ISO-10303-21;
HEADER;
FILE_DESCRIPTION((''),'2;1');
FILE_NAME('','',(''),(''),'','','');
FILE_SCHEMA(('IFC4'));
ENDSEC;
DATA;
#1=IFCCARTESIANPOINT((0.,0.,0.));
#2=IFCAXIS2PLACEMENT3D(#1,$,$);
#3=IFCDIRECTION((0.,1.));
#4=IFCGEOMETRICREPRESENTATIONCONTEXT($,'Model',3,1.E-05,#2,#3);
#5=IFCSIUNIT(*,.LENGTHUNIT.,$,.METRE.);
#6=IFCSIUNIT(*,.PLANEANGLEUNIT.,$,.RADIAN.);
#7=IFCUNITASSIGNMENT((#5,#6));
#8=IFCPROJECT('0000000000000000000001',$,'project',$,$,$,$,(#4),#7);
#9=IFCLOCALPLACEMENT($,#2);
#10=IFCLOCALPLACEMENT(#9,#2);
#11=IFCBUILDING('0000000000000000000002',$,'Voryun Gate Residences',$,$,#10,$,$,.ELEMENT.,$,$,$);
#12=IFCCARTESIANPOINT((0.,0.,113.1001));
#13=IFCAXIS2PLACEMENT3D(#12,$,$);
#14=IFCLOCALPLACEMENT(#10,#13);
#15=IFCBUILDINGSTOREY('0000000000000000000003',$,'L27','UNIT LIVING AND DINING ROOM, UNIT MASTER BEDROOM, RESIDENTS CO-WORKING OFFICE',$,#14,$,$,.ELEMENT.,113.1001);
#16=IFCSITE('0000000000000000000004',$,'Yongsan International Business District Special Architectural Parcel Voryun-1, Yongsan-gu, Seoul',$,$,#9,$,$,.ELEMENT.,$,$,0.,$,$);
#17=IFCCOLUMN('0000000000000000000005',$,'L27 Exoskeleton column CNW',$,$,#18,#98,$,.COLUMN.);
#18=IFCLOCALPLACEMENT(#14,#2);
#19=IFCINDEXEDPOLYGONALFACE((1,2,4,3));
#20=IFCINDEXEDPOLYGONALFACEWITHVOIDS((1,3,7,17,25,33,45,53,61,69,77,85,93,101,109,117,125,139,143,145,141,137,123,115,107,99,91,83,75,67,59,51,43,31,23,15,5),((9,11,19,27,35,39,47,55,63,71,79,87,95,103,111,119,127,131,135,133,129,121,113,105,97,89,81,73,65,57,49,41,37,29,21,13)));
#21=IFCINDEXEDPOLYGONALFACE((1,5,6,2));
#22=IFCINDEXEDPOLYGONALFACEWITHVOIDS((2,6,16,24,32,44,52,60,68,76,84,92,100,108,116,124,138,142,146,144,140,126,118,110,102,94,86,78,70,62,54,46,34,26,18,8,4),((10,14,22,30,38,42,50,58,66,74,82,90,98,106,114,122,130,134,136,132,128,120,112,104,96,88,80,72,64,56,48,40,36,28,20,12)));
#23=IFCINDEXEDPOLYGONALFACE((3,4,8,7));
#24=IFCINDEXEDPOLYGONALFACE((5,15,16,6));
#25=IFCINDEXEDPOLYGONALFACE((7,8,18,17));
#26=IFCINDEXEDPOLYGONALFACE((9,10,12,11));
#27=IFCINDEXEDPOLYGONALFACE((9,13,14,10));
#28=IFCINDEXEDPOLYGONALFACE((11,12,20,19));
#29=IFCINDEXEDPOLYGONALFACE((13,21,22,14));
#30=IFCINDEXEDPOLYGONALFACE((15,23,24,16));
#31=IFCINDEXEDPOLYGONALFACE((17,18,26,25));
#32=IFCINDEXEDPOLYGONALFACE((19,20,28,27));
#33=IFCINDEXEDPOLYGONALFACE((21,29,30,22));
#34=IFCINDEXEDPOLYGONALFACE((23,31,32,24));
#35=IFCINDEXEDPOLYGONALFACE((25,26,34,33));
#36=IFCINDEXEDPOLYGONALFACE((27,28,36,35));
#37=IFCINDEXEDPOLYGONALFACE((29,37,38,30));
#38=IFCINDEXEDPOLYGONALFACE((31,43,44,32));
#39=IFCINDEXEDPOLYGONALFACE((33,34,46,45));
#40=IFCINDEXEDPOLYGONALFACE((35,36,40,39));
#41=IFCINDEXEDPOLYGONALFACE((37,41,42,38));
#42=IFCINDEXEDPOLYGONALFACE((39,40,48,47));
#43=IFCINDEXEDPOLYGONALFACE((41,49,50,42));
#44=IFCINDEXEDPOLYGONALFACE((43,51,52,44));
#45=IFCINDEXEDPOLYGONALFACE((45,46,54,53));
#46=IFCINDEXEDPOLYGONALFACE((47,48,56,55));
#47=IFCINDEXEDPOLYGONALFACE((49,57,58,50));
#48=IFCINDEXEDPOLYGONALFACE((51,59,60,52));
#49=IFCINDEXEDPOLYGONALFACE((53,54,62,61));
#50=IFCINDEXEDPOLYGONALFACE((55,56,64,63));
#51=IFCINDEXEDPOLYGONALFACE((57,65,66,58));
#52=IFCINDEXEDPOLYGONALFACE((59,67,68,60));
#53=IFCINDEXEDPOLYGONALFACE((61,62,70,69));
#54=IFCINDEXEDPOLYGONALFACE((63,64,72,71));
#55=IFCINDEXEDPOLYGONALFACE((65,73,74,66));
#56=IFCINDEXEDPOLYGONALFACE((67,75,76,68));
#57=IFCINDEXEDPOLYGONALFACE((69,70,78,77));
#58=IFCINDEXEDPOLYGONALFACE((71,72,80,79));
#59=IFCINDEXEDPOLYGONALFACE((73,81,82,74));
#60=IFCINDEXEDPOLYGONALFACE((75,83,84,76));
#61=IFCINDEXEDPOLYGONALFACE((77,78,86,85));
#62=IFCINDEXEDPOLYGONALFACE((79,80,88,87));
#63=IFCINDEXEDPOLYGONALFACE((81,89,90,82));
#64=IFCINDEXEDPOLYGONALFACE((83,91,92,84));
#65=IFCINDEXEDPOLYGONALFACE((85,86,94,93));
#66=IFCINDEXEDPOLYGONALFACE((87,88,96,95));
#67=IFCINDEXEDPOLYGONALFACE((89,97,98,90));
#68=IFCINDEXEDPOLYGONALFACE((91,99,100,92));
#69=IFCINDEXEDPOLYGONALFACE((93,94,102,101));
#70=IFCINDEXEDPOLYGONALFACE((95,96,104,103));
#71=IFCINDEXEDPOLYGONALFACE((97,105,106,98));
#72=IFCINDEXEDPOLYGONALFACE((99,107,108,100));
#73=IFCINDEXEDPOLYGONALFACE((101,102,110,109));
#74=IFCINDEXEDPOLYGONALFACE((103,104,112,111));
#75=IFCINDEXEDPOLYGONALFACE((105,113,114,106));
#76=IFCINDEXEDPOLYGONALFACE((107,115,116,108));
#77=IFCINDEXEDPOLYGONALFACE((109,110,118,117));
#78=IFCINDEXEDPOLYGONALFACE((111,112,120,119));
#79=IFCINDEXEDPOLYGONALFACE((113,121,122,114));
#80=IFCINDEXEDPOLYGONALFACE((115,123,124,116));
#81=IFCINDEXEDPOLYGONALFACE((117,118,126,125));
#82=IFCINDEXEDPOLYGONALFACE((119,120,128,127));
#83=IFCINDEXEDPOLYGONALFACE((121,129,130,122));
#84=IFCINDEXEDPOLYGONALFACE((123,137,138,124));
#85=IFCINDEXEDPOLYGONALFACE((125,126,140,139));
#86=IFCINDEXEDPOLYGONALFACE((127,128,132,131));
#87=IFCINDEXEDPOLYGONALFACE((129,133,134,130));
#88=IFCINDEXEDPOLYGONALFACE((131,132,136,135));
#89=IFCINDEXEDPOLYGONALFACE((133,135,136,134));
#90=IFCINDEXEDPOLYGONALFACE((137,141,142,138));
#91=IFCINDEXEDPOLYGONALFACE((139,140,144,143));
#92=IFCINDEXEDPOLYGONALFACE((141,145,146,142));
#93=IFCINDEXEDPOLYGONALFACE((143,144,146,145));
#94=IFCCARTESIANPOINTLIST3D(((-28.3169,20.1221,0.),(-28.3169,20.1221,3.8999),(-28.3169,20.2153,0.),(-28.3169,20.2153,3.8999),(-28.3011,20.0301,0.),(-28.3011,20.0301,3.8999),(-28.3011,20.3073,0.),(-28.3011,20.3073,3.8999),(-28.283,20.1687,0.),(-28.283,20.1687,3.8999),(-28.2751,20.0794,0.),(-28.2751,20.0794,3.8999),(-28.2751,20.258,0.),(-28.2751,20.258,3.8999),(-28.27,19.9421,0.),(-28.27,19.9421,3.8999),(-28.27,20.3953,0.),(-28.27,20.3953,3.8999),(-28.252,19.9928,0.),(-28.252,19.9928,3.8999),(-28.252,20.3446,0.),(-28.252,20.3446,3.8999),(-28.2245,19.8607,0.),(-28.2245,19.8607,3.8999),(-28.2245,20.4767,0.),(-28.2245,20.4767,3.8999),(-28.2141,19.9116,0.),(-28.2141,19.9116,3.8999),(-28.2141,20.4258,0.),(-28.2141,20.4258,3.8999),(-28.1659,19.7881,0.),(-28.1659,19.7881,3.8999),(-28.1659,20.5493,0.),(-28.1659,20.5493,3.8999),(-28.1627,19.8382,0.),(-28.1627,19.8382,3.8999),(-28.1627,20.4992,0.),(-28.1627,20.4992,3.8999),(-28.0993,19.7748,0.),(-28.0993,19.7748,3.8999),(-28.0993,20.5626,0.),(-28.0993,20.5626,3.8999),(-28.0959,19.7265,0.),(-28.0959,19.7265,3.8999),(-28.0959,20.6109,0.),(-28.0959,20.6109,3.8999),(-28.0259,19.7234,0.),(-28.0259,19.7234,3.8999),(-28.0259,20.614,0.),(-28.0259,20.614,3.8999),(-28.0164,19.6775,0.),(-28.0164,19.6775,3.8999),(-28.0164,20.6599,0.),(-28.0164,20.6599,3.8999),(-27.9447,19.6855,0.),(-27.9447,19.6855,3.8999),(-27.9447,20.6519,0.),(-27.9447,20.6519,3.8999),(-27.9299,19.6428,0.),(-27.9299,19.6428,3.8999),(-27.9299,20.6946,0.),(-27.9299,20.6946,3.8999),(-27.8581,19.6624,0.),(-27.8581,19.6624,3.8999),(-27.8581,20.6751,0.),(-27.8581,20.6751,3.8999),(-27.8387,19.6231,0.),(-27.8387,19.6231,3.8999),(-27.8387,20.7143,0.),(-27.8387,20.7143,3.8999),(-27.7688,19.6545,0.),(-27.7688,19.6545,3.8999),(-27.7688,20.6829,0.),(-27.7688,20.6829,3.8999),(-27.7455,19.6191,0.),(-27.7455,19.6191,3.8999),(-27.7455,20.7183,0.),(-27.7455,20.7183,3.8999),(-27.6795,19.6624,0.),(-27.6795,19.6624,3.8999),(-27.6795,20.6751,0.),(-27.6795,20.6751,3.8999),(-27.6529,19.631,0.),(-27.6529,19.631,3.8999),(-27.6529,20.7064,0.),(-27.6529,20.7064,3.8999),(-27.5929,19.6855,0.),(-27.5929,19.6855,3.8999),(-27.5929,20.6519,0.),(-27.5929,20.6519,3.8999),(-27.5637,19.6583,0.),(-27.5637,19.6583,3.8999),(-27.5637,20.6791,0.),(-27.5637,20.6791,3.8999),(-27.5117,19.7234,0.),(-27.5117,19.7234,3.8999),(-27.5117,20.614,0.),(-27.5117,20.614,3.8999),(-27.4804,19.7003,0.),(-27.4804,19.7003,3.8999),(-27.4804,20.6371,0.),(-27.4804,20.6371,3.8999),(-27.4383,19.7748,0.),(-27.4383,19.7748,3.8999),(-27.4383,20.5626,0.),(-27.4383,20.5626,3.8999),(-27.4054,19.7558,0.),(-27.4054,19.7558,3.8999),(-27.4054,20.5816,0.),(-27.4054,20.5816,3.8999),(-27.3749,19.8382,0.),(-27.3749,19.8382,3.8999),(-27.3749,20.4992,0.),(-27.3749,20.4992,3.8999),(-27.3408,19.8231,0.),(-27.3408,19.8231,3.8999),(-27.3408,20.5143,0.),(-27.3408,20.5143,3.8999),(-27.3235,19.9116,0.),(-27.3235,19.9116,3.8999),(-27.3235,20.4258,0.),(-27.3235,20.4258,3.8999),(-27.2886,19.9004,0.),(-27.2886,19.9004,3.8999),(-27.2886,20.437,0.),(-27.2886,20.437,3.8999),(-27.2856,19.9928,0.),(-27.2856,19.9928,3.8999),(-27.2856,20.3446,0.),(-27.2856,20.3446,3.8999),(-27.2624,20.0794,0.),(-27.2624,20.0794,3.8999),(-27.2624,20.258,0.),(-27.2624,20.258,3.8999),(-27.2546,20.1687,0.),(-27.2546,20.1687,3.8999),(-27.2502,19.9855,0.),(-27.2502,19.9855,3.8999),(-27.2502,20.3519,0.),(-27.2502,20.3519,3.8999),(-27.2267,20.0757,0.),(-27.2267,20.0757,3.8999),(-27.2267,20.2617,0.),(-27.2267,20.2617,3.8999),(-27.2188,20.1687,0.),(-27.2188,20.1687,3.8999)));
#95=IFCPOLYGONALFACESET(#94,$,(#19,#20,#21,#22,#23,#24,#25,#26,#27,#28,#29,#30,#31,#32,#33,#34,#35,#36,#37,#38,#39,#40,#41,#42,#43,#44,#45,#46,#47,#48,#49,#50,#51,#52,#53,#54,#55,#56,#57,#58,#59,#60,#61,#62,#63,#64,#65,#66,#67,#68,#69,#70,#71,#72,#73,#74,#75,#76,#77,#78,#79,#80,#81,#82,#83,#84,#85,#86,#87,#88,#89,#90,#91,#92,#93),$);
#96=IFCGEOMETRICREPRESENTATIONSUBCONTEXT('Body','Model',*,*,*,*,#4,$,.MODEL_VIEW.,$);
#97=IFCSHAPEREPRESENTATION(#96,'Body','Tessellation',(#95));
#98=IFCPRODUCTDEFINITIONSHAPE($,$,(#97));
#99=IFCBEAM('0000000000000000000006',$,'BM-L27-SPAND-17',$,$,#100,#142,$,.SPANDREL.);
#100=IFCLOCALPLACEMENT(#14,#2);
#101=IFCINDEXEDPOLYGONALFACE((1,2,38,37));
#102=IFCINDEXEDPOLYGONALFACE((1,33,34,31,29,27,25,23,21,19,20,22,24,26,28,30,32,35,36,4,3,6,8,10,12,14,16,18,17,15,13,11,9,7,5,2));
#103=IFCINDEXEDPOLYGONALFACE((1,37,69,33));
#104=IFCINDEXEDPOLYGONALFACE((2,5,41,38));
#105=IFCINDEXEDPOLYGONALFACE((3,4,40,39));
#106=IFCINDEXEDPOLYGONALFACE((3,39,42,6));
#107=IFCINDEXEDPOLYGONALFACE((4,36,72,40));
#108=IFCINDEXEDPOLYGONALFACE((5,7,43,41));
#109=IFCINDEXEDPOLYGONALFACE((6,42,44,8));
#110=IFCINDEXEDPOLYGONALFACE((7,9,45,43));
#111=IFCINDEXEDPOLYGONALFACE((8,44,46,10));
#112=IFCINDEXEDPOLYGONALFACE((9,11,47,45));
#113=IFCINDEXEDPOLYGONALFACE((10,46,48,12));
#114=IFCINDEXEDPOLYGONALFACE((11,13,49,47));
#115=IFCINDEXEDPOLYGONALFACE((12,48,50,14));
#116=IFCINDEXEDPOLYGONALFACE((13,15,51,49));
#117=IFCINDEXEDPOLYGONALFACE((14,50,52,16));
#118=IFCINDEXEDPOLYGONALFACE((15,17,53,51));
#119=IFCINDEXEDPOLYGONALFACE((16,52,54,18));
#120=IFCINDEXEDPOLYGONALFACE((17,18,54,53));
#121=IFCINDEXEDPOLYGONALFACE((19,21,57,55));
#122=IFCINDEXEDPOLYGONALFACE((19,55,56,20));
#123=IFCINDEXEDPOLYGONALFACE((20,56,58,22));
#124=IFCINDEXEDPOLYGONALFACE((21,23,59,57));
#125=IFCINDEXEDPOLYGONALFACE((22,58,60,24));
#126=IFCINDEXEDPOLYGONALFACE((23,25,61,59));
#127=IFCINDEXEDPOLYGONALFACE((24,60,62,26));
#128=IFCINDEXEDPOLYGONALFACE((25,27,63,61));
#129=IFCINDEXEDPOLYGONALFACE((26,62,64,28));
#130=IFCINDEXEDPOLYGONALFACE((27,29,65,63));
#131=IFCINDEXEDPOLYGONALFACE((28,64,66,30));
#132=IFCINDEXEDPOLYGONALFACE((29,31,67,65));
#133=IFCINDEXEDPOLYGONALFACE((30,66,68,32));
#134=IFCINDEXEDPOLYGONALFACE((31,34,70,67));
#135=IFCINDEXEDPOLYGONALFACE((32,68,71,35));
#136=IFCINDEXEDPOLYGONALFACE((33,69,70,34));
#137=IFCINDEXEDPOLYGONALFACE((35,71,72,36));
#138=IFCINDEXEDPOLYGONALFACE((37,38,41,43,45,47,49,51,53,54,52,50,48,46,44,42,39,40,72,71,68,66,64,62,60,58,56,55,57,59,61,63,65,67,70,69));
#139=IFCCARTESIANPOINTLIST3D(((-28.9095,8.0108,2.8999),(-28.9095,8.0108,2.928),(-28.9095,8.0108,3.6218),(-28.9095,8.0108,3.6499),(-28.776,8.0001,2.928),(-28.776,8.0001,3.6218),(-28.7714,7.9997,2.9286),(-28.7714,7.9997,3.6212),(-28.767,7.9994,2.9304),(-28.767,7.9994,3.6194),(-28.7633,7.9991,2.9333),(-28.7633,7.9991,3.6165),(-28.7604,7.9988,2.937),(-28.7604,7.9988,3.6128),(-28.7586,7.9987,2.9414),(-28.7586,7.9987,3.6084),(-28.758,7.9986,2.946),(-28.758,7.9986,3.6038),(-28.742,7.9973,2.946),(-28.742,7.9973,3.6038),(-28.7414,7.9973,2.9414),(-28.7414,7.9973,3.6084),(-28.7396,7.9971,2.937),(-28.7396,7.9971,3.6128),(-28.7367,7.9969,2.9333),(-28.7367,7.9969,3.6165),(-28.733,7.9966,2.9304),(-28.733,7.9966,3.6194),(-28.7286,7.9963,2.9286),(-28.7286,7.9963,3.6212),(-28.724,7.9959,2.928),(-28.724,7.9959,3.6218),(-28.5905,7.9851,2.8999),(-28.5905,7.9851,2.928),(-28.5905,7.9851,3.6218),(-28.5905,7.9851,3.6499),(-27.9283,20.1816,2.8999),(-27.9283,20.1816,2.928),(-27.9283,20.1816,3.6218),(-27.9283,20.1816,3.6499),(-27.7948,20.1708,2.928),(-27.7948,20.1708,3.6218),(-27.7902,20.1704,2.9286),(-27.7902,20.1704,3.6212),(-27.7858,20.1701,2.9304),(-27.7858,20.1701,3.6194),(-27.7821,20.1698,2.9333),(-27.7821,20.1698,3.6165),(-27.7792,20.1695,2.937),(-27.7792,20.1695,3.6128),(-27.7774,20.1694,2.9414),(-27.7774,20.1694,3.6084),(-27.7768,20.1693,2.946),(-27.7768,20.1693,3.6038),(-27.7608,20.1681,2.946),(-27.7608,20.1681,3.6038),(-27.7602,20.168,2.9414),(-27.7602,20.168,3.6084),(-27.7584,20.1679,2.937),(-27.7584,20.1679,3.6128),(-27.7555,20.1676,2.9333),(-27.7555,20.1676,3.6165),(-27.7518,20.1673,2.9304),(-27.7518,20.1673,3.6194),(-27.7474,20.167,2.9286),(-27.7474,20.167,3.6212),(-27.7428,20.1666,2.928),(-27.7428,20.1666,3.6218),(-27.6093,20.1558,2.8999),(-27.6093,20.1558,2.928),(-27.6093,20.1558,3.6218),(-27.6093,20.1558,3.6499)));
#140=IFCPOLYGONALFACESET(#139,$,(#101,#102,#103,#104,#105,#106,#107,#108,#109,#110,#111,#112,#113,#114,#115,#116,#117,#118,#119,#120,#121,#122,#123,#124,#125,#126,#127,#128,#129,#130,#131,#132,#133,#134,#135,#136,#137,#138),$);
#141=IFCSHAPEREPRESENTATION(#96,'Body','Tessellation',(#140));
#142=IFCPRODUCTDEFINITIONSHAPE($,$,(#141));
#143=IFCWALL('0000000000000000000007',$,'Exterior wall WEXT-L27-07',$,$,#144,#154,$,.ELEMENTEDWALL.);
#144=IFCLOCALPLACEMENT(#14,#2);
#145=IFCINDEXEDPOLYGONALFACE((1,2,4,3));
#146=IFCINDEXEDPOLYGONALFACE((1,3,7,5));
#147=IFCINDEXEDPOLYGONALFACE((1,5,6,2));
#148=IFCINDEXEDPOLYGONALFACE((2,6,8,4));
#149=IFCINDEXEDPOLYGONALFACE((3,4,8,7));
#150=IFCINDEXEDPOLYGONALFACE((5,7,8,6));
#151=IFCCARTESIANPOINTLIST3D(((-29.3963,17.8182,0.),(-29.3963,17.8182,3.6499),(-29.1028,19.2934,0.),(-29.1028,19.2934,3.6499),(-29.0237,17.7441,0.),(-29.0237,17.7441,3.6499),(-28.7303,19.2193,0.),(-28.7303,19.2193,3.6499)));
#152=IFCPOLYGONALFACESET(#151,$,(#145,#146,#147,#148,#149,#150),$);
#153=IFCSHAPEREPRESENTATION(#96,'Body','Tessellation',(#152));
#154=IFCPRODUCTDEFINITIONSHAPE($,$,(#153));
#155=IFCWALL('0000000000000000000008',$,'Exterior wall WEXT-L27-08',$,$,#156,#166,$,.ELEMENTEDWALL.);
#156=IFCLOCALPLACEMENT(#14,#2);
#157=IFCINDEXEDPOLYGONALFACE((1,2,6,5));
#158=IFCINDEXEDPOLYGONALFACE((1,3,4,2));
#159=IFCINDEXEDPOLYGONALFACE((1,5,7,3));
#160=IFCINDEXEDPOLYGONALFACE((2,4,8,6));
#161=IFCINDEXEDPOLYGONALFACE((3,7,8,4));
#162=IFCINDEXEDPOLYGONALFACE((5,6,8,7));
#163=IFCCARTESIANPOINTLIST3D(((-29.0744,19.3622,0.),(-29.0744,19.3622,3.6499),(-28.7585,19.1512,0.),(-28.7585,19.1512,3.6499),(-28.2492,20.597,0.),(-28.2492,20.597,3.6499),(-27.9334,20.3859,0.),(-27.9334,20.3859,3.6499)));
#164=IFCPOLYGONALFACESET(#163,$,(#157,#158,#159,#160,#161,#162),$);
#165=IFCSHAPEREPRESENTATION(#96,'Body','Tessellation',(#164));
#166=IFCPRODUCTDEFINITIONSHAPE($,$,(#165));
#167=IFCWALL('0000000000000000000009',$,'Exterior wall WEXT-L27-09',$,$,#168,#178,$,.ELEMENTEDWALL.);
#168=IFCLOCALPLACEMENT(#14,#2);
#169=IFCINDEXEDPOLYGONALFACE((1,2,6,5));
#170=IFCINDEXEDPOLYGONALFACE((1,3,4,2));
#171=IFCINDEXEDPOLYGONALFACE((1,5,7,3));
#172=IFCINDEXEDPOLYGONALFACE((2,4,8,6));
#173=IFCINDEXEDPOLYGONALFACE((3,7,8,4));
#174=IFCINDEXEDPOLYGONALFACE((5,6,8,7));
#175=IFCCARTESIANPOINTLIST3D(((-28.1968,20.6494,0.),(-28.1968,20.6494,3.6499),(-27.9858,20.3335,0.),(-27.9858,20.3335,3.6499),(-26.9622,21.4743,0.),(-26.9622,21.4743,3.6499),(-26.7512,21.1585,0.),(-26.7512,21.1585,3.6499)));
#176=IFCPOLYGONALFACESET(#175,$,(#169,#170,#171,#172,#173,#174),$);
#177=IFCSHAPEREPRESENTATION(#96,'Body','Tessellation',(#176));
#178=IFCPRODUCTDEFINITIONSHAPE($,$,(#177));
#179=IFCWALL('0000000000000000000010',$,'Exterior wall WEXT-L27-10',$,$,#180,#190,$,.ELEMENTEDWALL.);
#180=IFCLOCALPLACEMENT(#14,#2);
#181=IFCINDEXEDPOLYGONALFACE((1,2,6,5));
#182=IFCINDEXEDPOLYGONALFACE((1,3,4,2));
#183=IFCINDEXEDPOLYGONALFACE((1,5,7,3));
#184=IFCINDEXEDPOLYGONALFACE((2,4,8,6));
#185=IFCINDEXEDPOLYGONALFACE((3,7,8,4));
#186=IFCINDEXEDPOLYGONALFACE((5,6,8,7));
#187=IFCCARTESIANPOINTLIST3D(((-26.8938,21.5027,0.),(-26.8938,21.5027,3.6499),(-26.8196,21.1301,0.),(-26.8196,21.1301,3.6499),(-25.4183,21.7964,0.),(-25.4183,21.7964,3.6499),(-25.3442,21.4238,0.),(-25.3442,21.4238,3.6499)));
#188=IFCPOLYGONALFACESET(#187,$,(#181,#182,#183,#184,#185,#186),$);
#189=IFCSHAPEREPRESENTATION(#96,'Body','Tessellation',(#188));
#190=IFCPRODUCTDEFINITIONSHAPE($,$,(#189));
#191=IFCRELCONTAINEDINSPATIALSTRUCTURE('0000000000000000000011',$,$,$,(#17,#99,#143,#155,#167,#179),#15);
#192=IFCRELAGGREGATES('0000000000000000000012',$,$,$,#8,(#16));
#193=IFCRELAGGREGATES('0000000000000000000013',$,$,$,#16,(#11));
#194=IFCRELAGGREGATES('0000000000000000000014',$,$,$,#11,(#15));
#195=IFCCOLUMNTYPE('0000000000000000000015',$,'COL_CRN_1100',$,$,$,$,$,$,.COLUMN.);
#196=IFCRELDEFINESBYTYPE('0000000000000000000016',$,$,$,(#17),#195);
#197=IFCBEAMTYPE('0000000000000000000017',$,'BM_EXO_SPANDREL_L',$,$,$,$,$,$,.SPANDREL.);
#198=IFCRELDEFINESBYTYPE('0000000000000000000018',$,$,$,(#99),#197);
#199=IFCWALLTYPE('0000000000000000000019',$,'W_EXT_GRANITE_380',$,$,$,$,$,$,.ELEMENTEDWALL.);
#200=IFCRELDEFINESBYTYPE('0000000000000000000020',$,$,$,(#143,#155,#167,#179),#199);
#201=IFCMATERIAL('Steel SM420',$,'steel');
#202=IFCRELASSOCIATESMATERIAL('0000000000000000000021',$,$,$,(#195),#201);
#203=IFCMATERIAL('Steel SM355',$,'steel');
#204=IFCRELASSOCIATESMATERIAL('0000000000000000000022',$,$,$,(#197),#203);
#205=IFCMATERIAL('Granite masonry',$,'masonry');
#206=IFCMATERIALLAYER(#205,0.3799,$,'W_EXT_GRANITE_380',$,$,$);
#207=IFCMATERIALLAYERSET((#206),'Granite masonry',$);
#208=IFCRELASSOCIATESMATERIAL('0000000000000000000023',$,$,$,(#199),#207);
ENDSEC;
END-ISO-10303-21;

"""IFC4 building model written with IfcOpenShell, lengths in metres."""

from ifc_helpers import new_model, si_unit, direction, frame, frame_2d, origin, origin_2d, place, context, subcontext, project, spatial, rectangle, hollow_circle, i_section, extrude, material, layer, layer_set, material_profile, profile_set, type_object, element, save


model = new_model("IFC4")

# Units and contexts
model_context = context("Model", 3, precision=1e-05, world=origin(), true_north=direction((0.0, 1.0)))
body_context = subcontext(model_context, "Body", "Model", "MODEL_VIEW")
ifc_project = project(units=[si_unit("LENGTHUNIT", "METRE"), si_unit("PLANEANGLEUNIT", "RADIAN")], contexts=[model_context])

# Site, building, storey
site_placement = place(None, origin())
site = spatial("IfcSite", under=ifc_project, at=site_placement, Name="Yongsan International Business District Special Architectural Parcel Voryun-1, Yongsan-gu, Seoul", CompositionType="ELEMENT", RefElevation=0.0)
building_placement = place(site_placement, origin())
building = spatial("IfcBuilding", under=site, at=building_placement, Name="Voryun Gate Residences", CompositionType="ELEMENT")
storey_placement = place(building_placement, frame((0.0, 0.0, 113.1001)))
storey = spatial("IfcBuildingStorey", under=building, at=storey_placement, Name="L27", Description="UNIT LIVING AND DINING ROOM, UNIT MASTER BEDROOM, RESIDENTS CO-WORKING OFFICE", CompositionType="ELEMENT", Elevation=113.1001)

# Column
ifc_material_1 = material(Name="Steel SM420", Category="steel")
ifc_material_profile_1 = material_profile(ifc_material_1, hollow_circle(Radius=0.55, WallThickness=0.0359, at=origin_2d()), Name="CHS-1100x36")
ifc_profile_set_1 = profile_set([ifc_material_profile_1], Name="Steel SM420")
column_type = type_object("IfcColumnType", Name="COL_CRN_1100", PredefinedType="COLUMN", material=ifc_profile_set_1)
column_placement = place(storey_placement, frame((-27.7688, 20.1687, 0.0), z_axis=(0.0, 0.0, 1.0), x_axis=(1.0, 0.0, 0.0)))
element("IfcColumn", 1, at=column_placement, inside=storey, type_object=column_type, Name="L27 Exoskeleton column CNW", PredefinedType="COLUMN", context=body_context, shape_type="SweptSolid", body=[
    extrude(hollow_circle(Radius=0.55, WallThickness=0.0359, at=origin_2d()), origin(), (0.0, 0.0, 1.0), 3.8999),
])

# Beam
ifc_material_2 = material(Name="Steel SM355", Category="steel")
ifc_material_profile_2 = material_profile(ifc_material_2, i_section(OverallWidth=0.3201, OverallDepth=0.75, WebThickness=0.0161, FlangeThickness=0.0281, FilletRadius=0.0181, at=origin_2d()), Name="H-750x320x16x28")
ifc_profile_set_2 = profile_set([ifc_material_profile_2], Name="Steel SM355")
beam_type = type_object("IfcBeamType", Name="BM_EXO_SPANDREL_L", PredefinedType="SPANDREL", material=ifc_profile_set_2)
beam_placement = place(storey_placement, frame((-27.7688, 20.1687, 3.2749), z_axis=(-0.08036, -0.996766, 0.0), x_axis=(0.996766, -0.08036, 0.0)))
element("IfcBeam", 2, at=beam_placement, inside=storey, type_object=beam_type, Name="BM-L27-SPAND-17", PredefinedType="SPANDREL", context=body_context, shape_type="SweptSolid", body=[
    extrude(i_section(OverallWidth=0.3201, OverallDepth=0.75, WebThickness=0.0161, FlangeThickness=0.0281, FilletRadius=0.0181, at=origin_2d()), origin(), (0.0, 0.0, 1.0), 12.2102),
])

# Walls
ifc_material_3 = material(Name="Granite masonry", Category="masonry")
ifc_layer_1 = layer(ifc_material_3, 0.3799, Name="W_EXT_GRANITE_380")
ifc_layer_set_1 = layer_set([ifc_layer_1], Name="Granite masonry")
wall_type_1 = type_object("IfcWallType", Name="W_EXT_GRANITE_380", PredefinedType="ELEMENTEDWALL", material=ifc_layer_set_1)
wall_1_placement = place(storey_placement, frame((-29.21, 17.7812, 0.0), z_axis=(0.0, 0.0, 1.0), x_axis=(0.195086, 0.980786, 0.0)))
element("IfcWall", 3, at=wall_1_placement, inside=storey, type_object=wall_type_1, Name="Exterior wall WEXT-L27-07", PredefinedType="ELEMENTEDWALL", context=body_context, shape_type="SweptSolid", body=[
    extrude(rectangle(XDim=1.5042, YDim=0.3799, at=frame_2d((0.752, 0.0))), origin(), (0.0, 0.0, 1.0), 3.6499),
])
wall_2_placement = place(storey_placement, frame((-28.9165, 19.2566, 0.0), z_axis=(0.0, 0.0, 1.0), x_axis=(0.55561, 0.831443, 0.0)))
element("IfcWall", 4, at=wall_2_placement, inside=storey, type_object=wall_type_1, Name="Exterior wall WEXT-L27-08", PredefinedType="ELEMENTEDWALL", context=body_context, shape_type="SweptSolid", body=[
    extrude(rectangle(XDim=1.4851, YDim=0.3799, at=frame_2d((0.7427, 0.0))), origin(), (0.0, 0.0, 1.0), 3.6499),
])
wall_3_placement = place(storey_placement, frame((-28.0913, 20.4915, 0.0), z_axis=(0.0, 0.0, 1.0), x_axis=(0.831468, 0.555573, 0.0)))
element("IfcWall", 5, at=wall_3_placement, inside=storey, type_object=wall_type_1, Name="Exterior wall WEXT-L27-09", PredefinedType="ELEMENTEDWALL", context=body_context, shape_type="SweptSolid", body=[
    extrude(rectangle(XDim=1.4849, YDim=0.3799, at=frame_2d((0.7424, 0.0))), origin(), (0.0, 0.0, 1.0), 3.6499),
])
wall_4_placement = place(storey_placement, frame((-26.8567, 21.3164, 0.0), z_axis=(0.0, 0.0, 1.0), x_axis=(0.980755, 0.195242, 0.0)))
element("IfcWall", 6, at=wall_4_placement, inside=storey, type_object=wall_type_1, Name="Exterior wall WEXT-L27-10", PredefinedType="ELEMENTEDWALL", context=body_context, shape_type="SweptSolid", body=[
    extrude(rectangle(XDim=1.5044, YDim=0.3799, at=frame_2d((0.7522, 0.0))), origin(), (0.0, 0.0, 1.0), 3.6499),
])

save(model, "model.ifc")
